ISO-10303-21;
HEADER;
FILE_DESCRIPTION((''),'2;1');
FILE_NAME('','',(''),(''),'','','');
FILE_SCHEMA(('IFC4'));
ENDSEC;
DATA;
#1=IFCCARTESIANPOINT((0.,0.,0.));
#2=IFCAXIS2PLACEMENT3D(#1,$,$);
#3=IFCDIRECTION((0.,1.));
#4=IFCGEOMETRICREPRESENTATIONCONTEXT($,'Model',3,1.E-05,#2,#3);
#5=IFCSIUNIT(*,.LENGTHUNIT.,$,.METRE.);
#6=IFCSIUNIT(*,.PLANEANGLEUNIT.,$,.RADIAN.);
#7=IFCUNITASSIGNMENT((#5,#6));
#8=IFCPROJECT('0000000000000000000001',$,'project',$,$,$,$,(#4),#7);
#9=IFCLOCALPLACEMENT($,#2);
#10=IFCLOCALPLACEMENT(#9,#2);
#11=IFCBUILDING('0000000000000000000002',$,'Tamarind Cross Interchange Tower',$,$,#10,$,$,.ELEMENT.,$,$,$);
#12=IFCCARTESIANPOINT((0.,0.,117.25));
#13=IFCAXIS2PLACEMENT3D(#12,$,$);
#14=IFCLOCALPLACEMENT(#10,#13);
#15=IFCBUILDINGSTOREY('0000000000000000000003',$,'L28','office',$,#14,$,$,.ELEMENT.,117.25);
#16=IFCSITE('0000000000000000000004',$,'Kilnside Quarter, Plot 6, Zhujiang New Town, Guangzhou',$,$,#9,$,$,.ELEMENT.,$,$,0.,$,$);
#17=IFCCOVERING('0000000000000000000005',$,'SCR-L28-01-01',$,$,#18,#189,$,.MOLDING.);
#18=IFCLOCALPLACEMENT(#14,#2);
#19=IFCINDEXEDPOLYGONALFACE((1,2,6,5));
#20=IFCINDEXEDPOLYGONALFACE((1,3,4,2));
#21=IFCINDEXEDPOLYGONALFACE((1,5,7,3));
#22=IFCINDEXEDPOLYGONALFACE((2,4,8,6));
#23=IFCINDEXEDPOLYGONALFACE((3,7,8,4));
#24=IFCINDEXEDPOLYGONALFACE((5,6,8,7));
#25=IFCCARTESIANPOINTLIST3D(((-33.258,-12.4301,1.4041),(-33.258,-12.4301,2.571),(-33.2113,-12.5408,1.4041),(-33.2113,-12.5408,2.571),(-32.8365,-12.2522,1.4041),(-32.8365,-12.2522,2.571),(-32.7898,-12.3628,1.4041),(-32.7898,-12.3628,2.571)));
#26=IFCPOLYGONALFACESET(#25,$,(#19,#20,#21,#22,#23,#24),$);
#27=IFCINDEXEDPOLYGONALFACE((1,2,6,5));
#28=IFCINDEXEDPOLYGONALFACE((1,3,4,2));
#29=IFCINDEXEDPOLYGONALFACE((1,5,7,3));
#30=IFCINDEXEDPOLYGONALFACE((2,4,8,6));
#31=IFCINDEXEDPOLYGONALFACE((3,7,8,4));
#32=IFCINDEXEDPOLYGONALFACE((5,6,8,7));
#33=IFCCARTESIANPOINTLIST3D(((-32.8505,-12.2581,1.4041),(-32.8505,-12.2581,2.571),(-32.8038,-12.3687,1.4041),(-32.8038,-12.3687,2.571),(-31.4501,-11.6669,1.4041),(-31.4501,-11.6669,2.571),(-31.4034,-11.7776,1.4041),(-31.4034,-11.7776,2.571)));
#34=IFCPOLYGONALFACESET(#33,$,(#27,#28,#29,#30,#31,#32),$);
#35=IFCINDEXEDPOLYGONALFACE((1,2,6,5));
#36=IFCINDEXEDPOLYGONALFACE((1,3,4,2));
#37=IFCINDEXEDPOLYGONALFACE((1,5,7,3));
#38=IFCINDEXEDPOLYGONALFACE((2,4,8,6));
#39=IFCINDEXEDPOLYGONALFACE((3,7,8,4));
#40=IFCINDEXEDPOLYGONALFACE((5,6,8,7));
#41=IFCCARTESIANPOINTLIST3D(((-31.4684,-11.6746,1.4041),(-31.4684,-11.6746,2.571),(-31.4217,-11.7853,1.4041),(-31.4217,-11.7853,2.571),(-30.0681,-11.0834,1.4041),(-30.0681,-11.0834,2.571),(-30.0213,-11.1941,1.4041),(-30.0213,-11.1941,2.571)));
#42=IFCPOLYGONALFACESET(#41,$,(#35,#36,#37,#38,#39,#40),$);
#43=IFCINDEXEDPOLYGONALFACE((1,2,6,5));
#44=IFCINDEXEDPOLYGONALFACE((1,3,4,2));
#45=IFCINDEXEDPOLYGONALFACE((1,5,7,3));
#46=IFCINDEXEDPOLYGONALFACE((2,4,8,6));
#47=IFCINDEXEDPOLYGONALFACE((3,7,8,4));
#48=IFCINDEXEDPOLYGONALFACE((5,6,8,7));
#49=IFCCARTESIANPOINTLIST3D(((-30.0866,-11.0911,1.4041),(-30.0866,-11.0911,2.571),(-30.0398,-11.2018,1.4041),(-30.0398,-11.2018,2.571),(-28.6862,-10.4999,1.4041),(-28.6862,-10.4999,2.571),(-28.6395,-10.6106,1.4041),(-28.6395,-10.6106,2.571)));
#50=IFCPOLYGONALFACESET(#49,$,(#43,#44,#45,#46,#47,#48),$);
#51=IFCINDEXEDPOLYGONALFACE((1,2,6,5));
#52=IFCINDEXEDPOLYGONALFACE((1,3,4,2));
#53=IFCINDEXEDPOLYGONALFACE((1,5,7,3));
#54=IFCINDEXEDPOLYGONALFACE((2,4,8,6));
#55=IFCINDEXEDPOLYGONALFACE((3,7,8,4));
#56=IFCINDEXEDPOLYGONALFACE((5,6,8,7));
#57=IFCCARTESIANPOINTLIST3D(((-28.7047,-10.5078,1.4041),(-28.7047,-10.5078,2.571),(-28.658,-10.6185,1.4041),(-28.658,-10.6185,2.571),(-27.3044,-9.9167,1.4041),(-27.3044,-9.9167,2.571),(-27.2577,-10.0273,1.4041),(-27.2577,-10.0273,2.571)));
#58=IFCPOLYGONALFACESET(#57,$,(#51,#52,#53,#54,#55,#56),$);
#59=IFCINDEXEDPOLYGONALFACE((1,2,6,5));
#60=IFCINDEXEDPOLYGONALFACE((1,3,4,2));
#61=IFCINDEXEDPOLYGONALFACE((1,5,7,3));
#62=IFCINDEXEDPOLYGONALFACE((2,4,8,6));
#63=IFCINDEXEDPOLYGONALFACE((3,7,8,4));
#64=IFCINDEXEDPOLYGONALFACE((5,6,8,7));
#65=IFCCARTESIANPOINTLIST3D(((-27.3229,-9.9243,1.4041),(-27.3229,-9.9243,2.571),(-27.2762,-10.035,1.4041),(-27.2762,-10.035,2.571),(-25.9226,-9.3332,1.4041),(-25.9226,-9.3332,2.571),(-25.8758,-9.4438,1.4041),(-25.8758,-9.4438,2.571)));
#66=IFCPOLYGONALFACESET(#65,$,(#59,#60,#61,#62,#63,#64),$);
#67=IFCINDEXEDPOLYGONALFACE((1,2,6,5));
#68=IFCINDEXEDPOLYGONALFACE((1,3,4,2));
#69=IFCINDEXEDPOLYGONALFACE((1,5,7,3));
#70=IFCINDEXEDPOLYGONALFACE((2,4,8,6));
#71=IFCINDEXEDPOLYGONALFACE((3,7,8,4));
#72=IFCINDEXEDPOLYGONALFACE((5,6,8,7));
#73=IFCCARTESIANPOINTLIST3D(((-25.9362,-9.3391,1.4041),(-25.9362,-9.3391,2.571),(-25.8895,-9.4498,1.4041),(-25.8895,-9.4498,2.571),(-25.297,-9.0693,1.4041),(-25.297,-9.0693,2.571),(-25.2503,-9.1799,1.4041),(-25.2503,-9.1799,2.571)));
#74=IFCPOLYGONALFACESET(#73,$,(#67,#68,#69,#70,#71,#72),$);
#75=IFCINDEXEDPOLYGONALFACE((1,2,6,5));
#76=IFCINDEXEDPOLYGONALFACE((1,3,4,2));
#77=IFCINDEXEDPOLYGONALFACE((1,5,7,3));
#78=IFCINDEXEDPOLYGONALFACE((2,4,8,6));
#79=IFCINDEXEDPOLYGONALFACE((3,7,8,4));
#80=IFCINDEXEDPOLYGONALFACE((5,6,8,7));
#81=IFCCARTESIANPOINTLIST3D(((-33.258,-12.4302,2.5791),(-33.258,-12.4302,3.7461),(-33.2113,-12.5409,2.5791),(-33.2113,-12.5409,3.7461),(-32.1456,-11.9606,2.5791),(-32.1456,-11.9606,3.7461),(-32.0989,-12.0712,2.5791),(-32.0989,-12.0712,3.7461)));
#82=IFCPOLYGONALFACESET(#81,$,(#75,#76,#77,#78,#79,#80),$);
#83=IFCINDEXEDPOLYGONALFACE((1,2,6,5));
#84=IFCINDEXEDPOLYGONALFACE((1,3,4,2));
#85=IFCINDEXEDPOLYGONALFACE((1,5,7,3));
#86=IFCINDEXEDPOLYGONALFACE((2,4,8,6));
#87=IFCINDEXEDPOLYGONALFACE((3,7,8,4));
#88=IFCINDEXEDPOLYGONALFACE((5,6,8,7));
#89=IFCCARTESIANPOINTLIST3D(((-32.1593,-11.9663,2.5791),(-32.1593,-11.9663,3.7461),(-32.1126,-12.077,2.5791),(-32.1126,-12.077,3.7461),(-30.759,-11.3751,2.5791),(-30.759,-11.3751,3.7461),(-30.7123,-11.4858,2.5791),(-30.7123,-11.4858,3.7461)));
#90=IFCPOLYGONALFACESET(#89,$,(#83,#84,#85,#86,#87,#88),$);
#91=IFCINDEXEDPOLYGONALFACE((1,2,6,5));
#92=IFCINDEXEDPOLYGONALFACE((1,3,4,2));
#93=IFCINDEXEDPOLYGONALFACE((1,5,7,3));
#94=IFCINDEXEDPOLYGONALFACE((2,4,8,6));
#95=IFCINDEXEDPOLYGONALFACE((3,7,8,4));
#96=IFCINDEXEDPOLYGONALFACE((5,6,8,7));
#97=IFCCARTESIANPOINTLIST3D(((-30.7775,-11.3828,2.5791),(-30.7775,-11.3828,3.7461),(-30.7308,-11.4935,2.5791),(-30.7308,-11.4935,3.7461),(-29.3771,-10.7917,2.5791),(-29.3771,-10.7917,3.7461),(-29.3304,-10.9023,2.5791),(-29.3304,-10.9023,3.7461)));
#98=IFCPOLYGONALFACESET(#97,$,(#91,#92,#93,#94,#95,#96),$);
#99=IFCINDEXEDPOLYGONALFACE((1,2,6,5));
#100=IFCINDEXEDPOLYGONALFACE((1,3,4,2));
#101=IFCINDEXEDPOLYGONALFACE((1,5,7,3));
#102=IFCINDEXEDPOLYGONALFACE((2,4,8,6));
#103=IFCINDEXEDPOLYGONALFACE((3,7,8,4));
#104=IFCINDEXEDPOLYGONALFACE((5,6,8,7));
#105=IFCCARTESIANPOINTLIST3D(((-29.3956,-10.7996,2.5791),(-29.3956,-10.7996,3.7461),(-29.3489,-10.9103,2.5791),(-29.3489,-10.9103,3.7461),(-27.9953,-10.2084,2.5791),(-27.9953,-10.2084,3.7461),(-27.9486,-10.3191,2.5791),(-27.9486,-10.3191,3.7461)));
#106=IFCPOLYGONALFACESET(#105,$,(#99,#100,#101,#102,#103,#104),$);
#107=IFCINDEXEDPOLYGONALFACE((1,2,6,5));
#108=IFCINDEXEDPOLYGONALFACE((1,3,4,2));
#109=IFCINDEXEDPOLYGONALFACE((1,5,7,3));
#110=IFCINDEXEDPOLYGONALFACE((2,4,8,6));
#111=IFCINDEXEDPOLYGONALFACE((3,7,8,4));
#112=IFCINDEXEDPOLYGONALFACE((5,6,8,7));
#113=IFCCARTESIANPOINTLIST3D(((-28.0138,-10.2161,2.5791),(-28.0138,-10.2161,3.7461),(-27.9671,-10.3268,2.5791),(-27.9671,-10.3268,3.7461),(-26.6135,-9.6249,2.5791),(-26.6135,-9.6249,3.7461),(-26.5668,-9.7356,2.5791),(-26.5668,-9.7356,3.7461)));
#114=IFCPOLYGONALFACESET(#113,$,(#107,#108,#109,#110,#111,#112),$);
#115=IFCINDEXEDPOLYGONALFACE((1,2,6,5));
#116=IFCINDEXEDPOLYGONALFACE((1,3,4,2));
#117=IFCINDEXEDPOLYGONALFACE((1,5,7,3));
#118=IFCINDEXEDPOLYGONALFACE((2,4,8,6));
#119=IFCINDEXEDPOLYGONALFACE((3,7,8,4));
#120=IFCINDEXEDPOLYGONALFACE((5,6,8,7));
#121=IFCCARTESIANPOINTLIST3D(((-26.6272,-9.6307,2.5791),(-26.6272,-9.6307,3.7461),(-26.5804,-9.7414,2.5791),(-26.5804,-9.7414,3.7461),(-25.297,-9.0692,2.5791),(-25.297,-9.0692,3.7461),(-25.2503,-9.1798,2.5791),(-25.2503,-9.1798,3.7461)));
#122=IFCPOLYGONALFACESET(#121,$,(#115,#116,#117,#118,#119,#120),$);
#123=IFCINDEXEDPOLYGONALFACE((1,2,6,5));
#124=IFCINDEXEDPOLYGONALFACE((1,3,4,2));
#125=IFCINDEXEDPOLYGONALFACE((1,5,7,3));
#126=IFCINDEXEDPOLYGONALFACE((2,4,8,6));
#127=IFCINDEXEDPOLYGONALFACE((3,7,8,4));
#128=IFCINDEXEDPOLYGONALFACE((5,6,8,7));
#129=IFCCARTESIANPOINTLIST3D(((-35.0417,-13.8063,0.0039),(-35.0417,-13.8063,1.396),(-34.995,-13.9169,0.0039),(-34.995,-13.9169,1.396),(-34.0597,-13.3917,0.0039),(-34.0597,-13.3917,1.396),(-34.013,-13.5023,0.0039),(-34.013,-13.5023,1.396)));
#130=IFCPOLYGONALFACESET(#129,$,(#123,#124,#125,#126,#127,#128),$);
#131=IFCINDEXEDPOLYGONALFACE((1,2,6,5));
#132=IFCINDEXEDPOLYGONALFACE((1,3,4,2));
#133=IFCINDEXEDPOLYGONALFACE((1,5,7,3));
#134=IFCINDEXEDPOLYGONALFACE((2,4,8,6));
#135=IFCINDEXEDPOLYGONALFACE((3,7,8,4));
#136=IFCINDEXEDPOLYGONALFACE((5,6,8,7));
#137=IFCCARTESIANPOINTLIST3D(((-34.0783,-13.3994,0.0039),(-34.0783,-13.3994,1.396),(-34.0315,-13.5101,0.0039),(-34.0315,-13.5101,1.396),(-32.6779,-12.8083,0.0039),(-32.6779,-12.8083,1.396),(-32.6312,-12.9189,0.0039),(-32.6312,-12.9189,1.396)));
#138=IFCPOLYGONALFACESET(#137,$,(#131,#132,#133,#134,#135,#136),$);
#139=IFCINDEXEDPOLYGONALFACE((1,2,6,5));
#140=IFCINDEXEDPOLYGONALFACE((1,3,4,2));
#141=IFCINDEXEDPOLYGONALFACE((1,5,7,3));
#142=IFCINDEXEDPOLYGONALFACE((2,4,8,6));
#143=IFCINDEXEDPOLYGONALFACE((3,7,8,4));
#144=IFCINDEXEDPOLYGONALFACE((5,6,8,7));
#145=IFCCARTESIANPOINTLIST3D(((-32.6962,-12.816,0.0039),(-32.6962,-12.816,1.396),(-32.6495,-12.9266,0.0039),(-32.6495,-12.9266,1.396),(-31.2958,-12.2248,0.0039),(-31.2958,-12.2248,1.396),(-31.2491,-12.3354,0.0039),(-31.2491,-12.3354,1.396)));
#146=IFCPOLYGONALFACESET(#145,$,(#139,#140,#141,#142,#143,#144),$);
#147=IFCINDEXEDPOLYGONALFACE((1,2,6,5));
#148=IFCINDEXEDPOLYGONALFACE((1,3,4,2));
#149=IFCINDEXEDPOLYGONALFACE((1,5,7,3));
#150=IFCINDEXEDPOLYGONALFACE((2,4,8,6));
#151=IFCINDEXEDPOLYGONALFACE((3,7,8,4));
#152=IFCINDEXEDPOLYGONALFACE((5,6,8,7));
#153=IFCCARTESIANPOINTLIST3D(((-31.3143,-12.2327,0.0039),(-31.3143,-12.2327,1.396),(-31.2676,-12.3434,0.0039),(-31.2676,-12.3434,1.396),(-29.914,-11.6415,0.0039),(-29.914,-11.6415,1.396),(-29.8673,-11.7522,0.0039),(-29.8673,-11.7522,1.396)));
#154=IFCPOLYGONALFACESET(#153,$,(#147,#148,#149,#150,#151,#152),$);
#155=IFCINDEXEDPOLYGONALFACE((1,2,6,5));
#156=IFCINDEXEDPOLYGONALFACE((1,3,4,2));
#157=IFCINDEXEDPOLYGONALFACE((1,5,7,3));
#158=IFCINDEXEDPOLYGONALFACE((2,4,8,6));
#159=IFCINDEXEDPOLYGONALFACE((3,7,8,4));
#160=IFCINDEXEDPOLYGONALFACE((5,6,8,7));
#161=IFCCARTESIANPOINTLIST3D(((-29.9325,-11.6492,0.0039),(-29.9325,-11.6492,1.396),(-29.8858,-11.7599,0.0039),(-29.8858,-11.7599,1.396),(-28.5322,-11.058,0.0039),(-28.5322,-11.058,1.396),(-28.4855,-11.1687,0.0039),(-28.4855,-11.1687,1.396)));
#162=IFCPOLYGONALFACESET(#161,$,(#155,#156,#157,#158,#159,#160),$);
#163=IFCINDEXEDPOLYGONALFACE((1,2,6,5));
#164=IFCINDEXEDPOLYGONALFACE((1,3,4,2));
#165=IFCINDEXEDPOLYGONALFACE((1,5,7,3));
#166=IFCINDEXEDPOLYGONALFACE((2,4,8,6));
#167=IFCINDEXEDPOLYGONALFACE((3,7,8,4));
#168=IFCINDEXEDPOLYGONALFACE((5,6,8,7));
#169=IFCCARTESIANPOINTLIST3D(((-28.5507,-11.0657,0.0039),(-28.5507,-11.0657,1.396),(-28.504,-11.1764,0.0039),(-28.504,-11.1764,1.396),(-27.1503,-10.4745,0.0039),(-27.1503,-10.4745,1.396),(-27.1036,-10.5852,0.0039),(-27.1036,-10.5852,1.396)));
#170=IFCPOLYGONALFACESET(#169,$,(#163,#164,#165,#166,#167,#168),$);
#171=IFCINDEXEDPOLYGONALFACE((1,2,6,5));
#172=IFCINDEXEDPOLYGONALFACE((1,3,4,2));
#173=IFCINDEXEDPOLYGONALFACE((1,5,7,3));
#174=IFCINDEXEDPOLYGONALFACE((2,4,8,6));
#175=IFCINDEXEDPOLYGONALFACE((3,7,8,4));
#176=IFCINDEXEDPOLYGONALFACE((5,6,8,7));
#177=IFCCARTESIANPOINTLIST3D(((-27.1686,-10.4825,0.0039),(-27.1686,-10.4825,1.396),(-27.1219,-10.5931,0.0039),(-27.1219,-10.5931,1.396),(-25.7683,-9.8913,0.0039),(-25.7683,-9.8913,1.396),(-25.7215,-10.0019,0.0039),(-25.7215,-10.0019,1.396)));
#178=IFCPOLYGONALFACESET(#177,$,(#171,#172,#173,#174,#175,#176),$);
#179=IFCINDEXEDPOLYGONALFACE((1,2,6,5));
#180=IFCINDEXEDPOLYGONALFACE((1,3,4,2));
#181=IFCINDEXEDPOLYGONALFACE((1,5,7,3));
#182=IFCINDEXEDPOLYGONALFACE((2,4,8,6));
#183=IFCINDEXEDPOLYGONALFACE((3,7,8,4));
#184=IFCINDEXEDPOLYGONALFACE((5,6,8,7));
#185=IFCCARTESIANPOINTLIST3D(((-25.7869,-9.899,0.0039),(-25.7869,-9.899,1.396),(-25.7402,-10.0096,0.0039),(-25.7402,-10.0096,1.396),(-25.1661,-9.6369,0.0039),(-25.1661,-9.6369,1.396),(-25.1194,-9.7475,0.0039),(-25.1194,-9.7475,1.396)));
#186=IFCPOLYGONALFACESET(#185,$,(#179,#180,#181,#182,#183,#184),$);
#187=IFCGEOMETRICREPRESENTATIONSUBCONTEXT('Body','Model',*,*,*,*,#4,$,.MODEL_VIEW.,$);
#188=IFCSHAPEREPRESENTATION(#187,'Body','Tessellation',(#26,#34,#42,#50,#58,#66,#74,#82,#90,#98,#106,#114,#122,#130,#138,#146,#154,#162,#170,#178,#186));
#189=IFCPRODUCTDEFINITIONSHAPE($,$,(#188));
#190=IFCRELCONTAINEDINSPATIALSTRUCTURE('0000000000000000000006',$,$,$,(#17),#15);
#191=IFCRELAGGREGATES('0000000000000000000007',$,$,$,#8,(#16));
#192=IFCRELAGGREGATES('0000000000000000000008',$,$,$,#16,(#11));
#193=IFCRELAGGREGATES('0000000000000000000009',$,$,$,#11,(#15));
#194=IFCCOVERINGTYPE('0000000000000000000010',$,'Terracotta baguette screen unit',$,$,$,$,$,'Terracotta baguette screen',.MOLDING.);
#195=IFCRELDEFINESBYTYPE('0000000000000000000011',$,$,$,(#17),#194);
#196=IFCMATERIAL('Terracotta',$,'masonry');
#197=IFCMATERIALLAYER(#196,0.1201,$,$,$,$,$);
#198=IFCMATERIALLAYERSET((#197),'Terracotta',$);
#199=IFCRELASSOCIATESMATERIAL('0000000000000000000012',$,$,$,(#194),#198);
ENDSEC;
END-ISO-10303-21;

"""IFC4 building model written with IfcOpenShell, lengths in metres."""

from ifc_helpers import new_model, si_unit, direction, frame, origin, origin_2d, place, context, subcontext, project, spatial, rectangle, extrude, material, layer, layer_set, type_object, element, save


model = new_model("IFC4")

# Units and contexts
model_context = context("Model", 3, precision=1e-05, world=origin(), true_north=direction((0.0, 1.0)))
body_context = subcontext(model_context, "Body", "Model", "MODEL_VIEW")
ifc_project = project(units=[si_unit("LENGTHUNIT", "METRE"), si_unit("PLANEANGLEUNIT", "RADIAN")], contexts=[model_context])

# Site, building, storey
site_placement = place(None, origin())
site = spatial("IfcSite", under=ifc_project, at=site_placement, Name="Kilnside Quarter, Plot 6, Zhujiang New Town, Guangzhou", CompositionType="ELEMENT", RefElevation=0.0)
building_placement = place(site_placement, origin())
building = spatial("IfcBuilding", under=site, at=building_placement, Name="Tamarind Cross Interchange Tower", CompositionType="ELEMENT")
storey_placement = place(building_placement, frame((0.0, 0.0, 117.25)))
storey = spatial("IfcBuildingStorey", under=building, at=storey_placement, Name="L28", Description="office", CompositionType="ELEMENT", Elevation=117.25)

# Covering
ifc_material_1 = material(Name="Terracotta", Category="masonry")
ifc_layer_1 = layer(ifc_material_1, 0.1201)
ifc_layer_set_1 = layer_set([ifc_layer_1], Name="Terracotta")
covering_type = type_object("IfcCoveringType", Name="Terracotta baguette screen unit", ElementType="Terracotta baguette screen", PredefinedType="MOLDING", material=ifc_layer_set_1)
covering_1_placement = place(storey_placement, origin())
element("IfcCovering", 1, at=covering_1_placement, inside=storey, type_object=covering_type, Name="SCR-L28-01-01", PredefinedType="MOLDING", context=body_context, shape_type="SweptSolid", body=[
    extrude(rectangle(XDim=0.4575, YDim=0.1201, at=origin_2d()), frame((-33.0239, -12.3965, 1.4041), z_axis=(0.0, 0.0, 1.0), x_axis=(0.921264, 0.388939, 0.0)), (0.0, 0.0, 1.0), 1.167),
    extrude(rectangle(XDim=1.52, YDim=0.1201, at=origin_2d()), frame((-32.127, -12.0178, 1.4041), z_axis=(0.0, 0.0, 1.0), x_axis=(0.921264, 0.388939, 0.0)), (0.0, 0.0, 1.0), 1.167),
    extrude(rectangle(XDim=1.52, YDim=0.1201, at=origin_2d()), frame((-30.7449, -11.4343, 1.4041), z_axis=(0.0, 0.0, 1.0), x_axis=(0.921264, 0.388939, 0.0)), (0.0, 0.0, 1.0), 1.167),
    extrude(rectangle(XDim=1.52, YDim=0.1201, at=origin_2d()), frame((-29.363, -10.8508, 1.4041), z_axis=(0.0, 0.0, 1.0), x_axis=(0.921264, 0.388939, 0.0)), (0.0, 0.0, 1.0), 1.167),
    extrude(rectangle(XDim=1.52, YDim=0.1201, at=origin_2d()), frame((-27.9812, -10.2676, 1.4041), z_axis=(0.0, 0.0, 1.0), x_axis=(0.921264, 0.388939, 0.0)), (0.0, 0.0, 1.0), 1.167),
    extrude(rectangle(XDim=1.52, YDim=0.1201, at=origin_2d()), frame((-26.5994, -9.6841, 1.4041), z_axis=(0.0, 0.0, 1.0), x_axis=(0.921264, 0.388939, 0.0)), (0.0, 0.0, 1.0), 1.167),
    extrude(rectangle(XDim=0.6938, YDim=0.1201, at=origin_2d()), frame((-25.5933, -9.2595, 1.4041), z_axis=(0.0, 0.0, 1.0), x_axis=(0.921264, 0.388939, 0.0)), (0.0, 0.0, 1.0), 1.167),
    extrude(rectangle(XDim=1.2075, YDim=0.1201, at=origin_2d()), frame((-32.6785, -12.2507, 2.5791), z_axis=(0.0, 0.0, 1.0), x_axis=(0.921264, 0.388939, 0.0)), (0.0, 0.0, 1.0), 1.167),
    extrude(rectangle(XDim=1.52, YDim=0.1201, at=origin_2d()), frame((-31.4358, -11.7261, 2.5791), z_axis=(0.0, 0.0, 1.0), x_axis=(0.921264, 0.388939, 0.0)), (0.0, 0.0, 1.0), 1.167),
    extrude(rectangle(XDim=1.52, YDim=0.1201, at=origin_2d()), frame((-30.054, -11.1426, 2.5791), z_axis=(0.0, 0.0, 1.0), x_axis=(0.921264, 0.388939, 0.0)), (0.0, 0.0, 1.0), 1.167),
    extrude(rectangle(XDim=1.52, YDim=0.1201, at=origin_2d()), frame((-28.6721, -10.5593, 2.5791), z_axis=(0.0, 0.0, 1.0), x_axis=(0.921264, 0.388939, 0.0)), (0.0, 0.0, 1.0), 1.167),
    extrude(rectangle(XDim=1.52, YDim=0.1201, at=origin_2d()), frame((-27.2903, -9.9758, 2.5791), z_axis=(0.0, 0.0, 1.0), x_axis=(0.921264, 0.388939, 0.0)), (0.0, 0.0, 1.0), 1.167),
    extrude(rectangle(XDim=1.4438, YDim=0.1201, at=origin_2d()), frame((-25.9387, -9.4053, 2.5791), z_axis=(0.0, 0.0, 1.0), x_axis=(0.921264, 0.388939, 0.0)), (0.0, 0.0, 1.0), 1.167),
    extrude(rectangle(XDim=1.0659, YDim=0.1201, at=origin_2d()), frame((-34.5273, -13.6543, 0.0039), z_axis=(0.0, 0.0, 1.0), x_axis=(0.921264, 0.388939, 0.0)), (0.0, 0.0, 1.0), 1.3921),
    extrude(rectangle(XDim=1.52, YDim=0.1201, at=origin_2d()), frame((-33.3547, -13.1592, 0.0039), z_axis=(0.0, 0.0, 1.0), x_axis=(0.921264, 0.388939, 0.0)), (0.0, 0.0, 1.0), 1.3921),
    extrude(rectangle(XDim=1.52, YDim=0.1201, at=origin_2d()), frame((-31.9727, -12.5757, 0.0039), z_axis=(0.0, 0.0, 1.0), x_axis=(0.921264, 0.388939, 0.0)), (0.0, 0.0, 1.0), 1.3921),
    extrude(rectangle(XDim=1.52, YDim=0.1201, at=origin_2d()), frame((-30.5908, -11.9924, 0.0039), z_axis=(0.0, 0.0, 1.0), x_axis=(0.921264, 0.388939, 0.0)), (0.0, 0.0, 1.0), 1.3921),
    extrude(rectangle(XDim=1.52, YDim=0.1201, at=origin_2d()), frame((-29.209, -11.4089, 0.0039), z_axis=(0.0, 0.0, 1.0), x_axis=(0.921264, 0.388939, 0.0)), (0.0, 0.0, 1.0), 1.3921),
    extrude(rectangle(XDim=1.52, YDim=0.1201, at=origin_2d()), frame((-27.8271, -10.8254, 0.0039), z_axis=(0.0, 0.0, 1.0), x_axis=(0.921264, 0.388939, 0.0)), (0.0, 0.0, 1.0), 1.3921),
    extrude(rectangle(XDim=1.52, YDim=0.1201, at=origin_2d()), frame((-26.4451, -10.2422, 0.0039), z_axis=(0.0, 0.0, 1.0), x_axis=(0.921264, 0.388939, 0.0)), (0.0, 0.0, 1.0), 1.3921),
    extrude(rectangle(XDim=0.6738, YDim=0.1201, at=origin_2d()), frame((-25.4531, -9.8232, 0.0039), z_axis=(0.0, 0.0, 1.0), x_axis=(0.921264, 0.388939, 0.0)), (0.0, 0.0, 1.0), 1.3921),
])

save(model, "model.ifc")
